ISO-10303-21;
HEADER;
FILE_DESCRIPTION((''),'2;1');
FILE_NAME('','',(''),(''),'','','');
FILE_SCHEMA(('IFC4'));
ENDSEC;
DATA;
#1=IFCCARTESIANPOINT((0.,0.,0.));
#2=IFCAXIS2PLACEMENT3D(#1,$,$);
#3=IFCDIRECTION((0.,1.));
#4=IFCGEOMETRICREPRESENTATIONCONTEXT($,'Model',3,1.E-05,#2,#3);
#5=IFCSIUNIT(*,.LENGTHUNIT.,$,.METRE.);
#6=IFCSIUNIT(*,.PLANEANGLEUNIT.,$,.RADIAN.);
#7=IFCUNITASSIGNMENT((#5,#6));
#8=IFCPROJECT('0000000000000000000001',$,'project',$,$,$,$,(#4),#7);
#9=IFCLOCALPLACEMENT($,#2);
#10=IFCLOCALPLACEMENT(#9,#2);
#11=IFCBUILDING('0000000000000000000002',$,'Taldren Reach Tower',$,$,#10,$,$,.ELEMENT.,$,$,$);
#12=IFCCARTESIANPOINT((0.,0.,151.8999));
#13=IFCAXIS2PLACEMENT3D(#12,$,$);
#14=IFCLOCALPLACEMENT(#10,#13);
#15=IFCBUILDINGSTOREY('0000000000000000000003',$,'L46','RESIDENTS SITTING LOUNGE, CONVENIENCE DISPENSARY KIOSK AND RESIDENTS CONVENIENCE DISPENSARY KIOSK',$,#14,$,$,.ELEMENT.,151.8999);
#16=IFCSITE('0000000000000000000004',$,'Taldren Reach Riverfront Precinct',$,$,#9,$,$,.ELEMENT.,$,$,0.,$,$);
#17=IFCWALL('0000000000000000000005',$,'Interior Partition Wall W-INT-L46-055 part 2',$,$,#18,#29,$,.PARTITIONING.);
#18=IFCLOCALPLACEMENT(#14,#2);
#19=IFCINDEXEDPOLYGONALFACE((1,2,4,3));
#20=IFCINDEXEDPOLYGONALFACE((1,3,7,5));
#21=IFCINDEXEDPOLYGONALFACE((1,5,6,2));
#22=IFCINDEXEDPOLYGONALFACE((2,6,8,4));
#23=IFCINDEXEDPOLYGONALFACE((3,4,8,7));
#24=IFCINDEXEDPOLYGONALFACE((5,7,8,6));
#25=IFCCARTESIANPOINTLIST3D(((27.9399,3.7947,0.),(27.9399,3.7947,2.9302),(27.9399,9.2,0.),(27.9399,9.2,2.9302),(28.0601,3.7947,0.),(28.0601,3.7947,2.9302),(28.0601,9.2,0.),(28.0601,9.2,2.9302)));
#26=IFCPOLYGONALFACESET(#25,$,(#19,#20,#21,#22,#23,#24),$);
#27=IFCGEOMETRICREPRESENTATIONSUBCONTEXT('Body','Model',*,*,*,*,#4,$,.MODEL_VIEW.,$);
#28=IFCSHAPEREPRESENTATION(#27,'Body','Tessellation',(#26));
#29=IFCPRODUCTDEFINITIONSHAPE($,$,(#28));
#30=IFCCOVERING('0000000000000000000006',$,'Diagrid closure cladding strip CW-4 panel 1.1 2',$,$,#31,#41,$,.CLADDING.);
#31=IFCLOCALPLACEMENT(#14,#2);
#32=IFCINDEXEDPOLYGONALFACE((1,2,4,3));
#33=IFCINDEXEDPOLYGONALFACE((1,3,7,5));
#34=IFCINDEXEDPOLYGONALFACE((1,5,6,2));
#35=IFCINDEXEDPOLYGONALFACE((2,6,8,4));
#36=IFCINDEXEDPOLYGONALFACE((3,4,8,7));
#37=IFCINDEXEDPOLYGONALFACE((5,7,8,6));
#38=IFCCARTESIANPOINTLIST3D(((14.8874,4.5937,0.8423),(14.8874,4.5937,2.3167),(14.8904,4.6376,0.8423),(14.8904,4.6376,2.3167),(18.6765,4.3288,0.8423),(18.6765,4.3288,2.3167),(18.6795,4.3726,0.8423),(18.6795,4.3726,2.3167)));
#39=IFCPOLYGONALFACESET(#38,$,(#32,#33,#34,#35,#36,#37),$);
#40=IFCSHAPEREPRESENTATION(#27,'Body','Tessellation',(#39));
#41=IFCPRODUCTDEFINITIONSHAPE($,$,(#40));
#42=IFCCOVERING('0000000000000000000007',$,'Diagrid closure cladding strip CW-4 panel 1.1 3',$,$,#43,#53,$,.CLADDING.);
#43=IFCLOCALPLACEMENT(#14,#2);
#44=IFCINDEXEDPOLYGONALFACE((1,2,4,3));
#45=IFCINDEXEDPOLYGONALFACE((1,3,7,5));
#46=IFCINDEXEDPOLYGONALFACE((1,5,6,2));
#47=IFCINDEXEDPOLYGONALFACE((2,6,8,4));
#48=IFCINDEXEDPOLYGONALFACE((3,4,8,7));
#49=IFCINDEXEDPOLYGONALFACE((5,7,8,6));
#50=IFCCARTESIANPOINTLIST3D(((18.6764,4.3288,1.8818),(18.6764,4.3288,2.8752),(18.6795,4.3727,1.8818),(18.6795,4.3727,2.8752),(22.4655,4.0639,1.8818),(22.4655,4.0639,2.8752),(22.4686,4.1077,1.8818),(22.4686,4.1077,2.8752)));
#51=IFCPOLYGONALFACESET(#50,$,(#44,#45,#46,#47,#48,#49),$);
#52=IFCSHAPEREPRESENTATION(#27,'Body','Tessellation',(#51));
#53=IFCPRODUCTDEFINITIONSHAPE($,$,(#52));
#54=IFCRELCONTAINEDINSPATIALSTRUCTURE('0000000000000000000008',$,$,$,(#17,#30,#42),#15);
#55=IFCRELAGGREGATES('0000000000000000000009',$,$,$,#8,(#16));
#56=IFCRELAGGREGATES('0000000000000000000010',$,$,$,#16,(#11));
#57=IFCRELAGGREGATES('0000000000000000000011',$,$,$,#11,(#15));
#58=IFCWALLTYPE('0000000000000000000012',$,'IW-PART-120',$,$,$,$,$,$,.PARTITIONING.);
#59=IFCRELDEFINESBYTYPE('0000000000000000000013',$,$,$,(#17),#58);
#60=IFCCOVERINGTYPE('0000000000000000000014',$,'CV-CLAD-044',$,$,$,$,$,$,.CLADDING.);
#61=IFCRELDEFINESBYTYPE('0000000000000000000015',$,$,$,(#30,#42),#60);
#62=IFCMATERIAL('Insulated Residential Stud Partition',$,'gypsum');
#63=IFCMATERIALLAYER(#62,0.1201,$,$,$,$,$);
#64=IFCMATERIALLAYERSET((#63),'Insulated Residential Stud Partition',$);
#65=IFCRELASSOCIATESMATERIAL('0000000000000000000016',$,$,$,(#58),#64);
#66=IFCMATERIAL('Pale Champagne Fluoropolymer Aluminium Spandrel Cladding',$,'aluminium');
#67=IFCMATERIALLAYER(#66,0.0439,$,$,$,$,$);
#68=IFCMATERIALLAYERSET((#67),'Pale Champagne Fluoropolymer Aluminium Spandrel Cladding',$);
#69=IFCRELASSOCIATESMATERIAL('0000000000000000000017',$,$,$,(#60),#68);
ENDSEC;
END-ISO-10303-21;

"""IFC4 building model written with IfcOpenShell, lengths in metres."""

from ifc_helpers import new_model, si_unit, direction, frame, frame_2d, origin, origin_2d, place, context, subcontext, project, spatial, rectangle, extrude, source, transform, mapped, material, layer, layer_set, type_object, element, save


model = new_model("IFC4")

# Units and contexts
model_context = context("Model", 3, precision=1e-05, world=origin(), true_north=direction((0.0, 1.0)))
body_context = subcontext(model_context, "Body", "Model", "MODEL_VIEW")
ifc_project = project(units=[si_unit("LENGTHUNIT", "METRE"), si_unit("PLANEANGLEUNIT", "RADIAN")], contexts=[model_context])

# Site, building, storey
site_placement = place(None, origin())
site = spatial("IfcSite", under=ifc_project, at=site_placement, Name="Taldren Reach Riverfront Precinct", CompositionType="ELEMENT", RefElevation=0.0)
building_placement = place(site_placement, origin())
building = spatial("IfcBuilding", under=site, at=building_placement, Name="Taldren Reach Tower", CompositionType="ELEMENT")
storey_placement = place(building_placement, frame((0.0, 0.0, 151.8999)))
storey = spatial("IfcBuildingStorey", under=building, at=storey_placement, Name="L46", Description="RESIDENTS SITTING LOUNGE, CONVENIENCE DISPENSARY KIOSK AND RESIDENTS CONVENIENCE DISPENSARY KIOSK", CompositionType="ELEMENT", Elevation=151.8999)

# Wall
ifc_material_1 = material(Name="Insulated Residential Stud Partition", Category="gypsum")
ifc_layer_1 = layer(ifc_material_1, 0.1201)
ifc_layer_set_1 = layer_set([ifc_layer_1], Name="Insulated Residential Stud Partition")
wall_type_1 = type_object("IfcWallType", Name="IW-PART-120", PredefinedType="PARTITIONING", material=ifc_layer_set_1)
shared_shape_1 = source(origin(), body_context, "Body", "SweptSolid", [
    extrude(rectangle(XDim=5.4053, YDim=0.1201, at=frame_2d((2.7026, 0.0))), origin(), (0.0, 0.0, 1.0), 2.9302),
])
wall_1_placement = place(storey_placement, frame((28.0, 9.2, 0.0), z_axis=(0.0, 0.0, 1.0), x_axis=(0.0, -1.0, 0.0)))
element("IfcWall", 1, at=wall_1_placement, inside=storey, type_object=wall_type_1, Name="Interior Partition Wall W-INT-L46-055 part 2", PredefinedType="PARTITIONING", context=body_context, shape_type="MappedRepresentation", body=[
    mapped(shared_shape_1, transform((0.0, 0.0, 0.0), scale=1.0)),
])

# Coverings
ifc_material_2 = material(Name="Pale Champagne Fluoropolymer Aluminium Spandrel Cladding", Category="aluminium")
ifc_layer_2 = layer(ifc_material_2, 0.0439)
ifc_layer_set_2 = layer_set([ifc_layer_2], Name="Pale Champagne Fluoropolymer Aluminium Spandrel Cladding")
covering_type = type_object("IfcCoveringType", Name="CV-CLAD-044", PredefinedType="CLADDING", material=ifc_layer_set_2)
shared_shape_2 = source(origin(), body_context, "Body", "SweptSolid", [
    extrude(rectangle(XDim=3.7983, YDim=0.0439, at=origin_2d()), origin(), (0.0, 0.0, 1.0), 1.4744),
])
covering_1_placement = place(storey_placement, frame((16.7834, 4.4832, 0.8423), z_axis=(0.0, 0.0, 1.0), x_axis=(0.997564, -0.069757, 0.0)))
element("IfcCovering", 2, at=covering_1_placement, inside=storey, type_object=covering_type, Name="Diagrid closure cladding strip CW-4 panel 1.1 2", PredefinedType="CLADDING", context=body_context, shape_type="MappedRepresentation", body=[
    mapped(shared_shape_2, transform((0.0, 0.0, 0.0), scale=1.0)),
])
shared_shape_3 = source(origin(), body_context, "Body", "SweptSolid", [
    extrude(rectangle(XDim=3.7983, YDim=0.0439, at=origin_2d()), origin(), (0.0, 0.0, 1.0), 0.9934),
])
covering_2_placement = place(storey_placement, frame((20.5725, 4.2183, 1.8818), z_axis=(0.0, 0.0, 1.0), x_axis=(0.997564, -0.069757, 0.0)))
element("IfcCovering", 3, at=covering_2_placement, inside=storey, type_object=covering_type, Name="Diagrid closure cladding strip CW-4 panel 1.1 3", PredefinedType="CLADDING", context=body_context, shape_type="MappedRepresentation", body=[
    mapped(shared_shape_3, transform((0.0, 0.0, 0.0), scale=1.0)),
])

save(model, "model.ifc")
